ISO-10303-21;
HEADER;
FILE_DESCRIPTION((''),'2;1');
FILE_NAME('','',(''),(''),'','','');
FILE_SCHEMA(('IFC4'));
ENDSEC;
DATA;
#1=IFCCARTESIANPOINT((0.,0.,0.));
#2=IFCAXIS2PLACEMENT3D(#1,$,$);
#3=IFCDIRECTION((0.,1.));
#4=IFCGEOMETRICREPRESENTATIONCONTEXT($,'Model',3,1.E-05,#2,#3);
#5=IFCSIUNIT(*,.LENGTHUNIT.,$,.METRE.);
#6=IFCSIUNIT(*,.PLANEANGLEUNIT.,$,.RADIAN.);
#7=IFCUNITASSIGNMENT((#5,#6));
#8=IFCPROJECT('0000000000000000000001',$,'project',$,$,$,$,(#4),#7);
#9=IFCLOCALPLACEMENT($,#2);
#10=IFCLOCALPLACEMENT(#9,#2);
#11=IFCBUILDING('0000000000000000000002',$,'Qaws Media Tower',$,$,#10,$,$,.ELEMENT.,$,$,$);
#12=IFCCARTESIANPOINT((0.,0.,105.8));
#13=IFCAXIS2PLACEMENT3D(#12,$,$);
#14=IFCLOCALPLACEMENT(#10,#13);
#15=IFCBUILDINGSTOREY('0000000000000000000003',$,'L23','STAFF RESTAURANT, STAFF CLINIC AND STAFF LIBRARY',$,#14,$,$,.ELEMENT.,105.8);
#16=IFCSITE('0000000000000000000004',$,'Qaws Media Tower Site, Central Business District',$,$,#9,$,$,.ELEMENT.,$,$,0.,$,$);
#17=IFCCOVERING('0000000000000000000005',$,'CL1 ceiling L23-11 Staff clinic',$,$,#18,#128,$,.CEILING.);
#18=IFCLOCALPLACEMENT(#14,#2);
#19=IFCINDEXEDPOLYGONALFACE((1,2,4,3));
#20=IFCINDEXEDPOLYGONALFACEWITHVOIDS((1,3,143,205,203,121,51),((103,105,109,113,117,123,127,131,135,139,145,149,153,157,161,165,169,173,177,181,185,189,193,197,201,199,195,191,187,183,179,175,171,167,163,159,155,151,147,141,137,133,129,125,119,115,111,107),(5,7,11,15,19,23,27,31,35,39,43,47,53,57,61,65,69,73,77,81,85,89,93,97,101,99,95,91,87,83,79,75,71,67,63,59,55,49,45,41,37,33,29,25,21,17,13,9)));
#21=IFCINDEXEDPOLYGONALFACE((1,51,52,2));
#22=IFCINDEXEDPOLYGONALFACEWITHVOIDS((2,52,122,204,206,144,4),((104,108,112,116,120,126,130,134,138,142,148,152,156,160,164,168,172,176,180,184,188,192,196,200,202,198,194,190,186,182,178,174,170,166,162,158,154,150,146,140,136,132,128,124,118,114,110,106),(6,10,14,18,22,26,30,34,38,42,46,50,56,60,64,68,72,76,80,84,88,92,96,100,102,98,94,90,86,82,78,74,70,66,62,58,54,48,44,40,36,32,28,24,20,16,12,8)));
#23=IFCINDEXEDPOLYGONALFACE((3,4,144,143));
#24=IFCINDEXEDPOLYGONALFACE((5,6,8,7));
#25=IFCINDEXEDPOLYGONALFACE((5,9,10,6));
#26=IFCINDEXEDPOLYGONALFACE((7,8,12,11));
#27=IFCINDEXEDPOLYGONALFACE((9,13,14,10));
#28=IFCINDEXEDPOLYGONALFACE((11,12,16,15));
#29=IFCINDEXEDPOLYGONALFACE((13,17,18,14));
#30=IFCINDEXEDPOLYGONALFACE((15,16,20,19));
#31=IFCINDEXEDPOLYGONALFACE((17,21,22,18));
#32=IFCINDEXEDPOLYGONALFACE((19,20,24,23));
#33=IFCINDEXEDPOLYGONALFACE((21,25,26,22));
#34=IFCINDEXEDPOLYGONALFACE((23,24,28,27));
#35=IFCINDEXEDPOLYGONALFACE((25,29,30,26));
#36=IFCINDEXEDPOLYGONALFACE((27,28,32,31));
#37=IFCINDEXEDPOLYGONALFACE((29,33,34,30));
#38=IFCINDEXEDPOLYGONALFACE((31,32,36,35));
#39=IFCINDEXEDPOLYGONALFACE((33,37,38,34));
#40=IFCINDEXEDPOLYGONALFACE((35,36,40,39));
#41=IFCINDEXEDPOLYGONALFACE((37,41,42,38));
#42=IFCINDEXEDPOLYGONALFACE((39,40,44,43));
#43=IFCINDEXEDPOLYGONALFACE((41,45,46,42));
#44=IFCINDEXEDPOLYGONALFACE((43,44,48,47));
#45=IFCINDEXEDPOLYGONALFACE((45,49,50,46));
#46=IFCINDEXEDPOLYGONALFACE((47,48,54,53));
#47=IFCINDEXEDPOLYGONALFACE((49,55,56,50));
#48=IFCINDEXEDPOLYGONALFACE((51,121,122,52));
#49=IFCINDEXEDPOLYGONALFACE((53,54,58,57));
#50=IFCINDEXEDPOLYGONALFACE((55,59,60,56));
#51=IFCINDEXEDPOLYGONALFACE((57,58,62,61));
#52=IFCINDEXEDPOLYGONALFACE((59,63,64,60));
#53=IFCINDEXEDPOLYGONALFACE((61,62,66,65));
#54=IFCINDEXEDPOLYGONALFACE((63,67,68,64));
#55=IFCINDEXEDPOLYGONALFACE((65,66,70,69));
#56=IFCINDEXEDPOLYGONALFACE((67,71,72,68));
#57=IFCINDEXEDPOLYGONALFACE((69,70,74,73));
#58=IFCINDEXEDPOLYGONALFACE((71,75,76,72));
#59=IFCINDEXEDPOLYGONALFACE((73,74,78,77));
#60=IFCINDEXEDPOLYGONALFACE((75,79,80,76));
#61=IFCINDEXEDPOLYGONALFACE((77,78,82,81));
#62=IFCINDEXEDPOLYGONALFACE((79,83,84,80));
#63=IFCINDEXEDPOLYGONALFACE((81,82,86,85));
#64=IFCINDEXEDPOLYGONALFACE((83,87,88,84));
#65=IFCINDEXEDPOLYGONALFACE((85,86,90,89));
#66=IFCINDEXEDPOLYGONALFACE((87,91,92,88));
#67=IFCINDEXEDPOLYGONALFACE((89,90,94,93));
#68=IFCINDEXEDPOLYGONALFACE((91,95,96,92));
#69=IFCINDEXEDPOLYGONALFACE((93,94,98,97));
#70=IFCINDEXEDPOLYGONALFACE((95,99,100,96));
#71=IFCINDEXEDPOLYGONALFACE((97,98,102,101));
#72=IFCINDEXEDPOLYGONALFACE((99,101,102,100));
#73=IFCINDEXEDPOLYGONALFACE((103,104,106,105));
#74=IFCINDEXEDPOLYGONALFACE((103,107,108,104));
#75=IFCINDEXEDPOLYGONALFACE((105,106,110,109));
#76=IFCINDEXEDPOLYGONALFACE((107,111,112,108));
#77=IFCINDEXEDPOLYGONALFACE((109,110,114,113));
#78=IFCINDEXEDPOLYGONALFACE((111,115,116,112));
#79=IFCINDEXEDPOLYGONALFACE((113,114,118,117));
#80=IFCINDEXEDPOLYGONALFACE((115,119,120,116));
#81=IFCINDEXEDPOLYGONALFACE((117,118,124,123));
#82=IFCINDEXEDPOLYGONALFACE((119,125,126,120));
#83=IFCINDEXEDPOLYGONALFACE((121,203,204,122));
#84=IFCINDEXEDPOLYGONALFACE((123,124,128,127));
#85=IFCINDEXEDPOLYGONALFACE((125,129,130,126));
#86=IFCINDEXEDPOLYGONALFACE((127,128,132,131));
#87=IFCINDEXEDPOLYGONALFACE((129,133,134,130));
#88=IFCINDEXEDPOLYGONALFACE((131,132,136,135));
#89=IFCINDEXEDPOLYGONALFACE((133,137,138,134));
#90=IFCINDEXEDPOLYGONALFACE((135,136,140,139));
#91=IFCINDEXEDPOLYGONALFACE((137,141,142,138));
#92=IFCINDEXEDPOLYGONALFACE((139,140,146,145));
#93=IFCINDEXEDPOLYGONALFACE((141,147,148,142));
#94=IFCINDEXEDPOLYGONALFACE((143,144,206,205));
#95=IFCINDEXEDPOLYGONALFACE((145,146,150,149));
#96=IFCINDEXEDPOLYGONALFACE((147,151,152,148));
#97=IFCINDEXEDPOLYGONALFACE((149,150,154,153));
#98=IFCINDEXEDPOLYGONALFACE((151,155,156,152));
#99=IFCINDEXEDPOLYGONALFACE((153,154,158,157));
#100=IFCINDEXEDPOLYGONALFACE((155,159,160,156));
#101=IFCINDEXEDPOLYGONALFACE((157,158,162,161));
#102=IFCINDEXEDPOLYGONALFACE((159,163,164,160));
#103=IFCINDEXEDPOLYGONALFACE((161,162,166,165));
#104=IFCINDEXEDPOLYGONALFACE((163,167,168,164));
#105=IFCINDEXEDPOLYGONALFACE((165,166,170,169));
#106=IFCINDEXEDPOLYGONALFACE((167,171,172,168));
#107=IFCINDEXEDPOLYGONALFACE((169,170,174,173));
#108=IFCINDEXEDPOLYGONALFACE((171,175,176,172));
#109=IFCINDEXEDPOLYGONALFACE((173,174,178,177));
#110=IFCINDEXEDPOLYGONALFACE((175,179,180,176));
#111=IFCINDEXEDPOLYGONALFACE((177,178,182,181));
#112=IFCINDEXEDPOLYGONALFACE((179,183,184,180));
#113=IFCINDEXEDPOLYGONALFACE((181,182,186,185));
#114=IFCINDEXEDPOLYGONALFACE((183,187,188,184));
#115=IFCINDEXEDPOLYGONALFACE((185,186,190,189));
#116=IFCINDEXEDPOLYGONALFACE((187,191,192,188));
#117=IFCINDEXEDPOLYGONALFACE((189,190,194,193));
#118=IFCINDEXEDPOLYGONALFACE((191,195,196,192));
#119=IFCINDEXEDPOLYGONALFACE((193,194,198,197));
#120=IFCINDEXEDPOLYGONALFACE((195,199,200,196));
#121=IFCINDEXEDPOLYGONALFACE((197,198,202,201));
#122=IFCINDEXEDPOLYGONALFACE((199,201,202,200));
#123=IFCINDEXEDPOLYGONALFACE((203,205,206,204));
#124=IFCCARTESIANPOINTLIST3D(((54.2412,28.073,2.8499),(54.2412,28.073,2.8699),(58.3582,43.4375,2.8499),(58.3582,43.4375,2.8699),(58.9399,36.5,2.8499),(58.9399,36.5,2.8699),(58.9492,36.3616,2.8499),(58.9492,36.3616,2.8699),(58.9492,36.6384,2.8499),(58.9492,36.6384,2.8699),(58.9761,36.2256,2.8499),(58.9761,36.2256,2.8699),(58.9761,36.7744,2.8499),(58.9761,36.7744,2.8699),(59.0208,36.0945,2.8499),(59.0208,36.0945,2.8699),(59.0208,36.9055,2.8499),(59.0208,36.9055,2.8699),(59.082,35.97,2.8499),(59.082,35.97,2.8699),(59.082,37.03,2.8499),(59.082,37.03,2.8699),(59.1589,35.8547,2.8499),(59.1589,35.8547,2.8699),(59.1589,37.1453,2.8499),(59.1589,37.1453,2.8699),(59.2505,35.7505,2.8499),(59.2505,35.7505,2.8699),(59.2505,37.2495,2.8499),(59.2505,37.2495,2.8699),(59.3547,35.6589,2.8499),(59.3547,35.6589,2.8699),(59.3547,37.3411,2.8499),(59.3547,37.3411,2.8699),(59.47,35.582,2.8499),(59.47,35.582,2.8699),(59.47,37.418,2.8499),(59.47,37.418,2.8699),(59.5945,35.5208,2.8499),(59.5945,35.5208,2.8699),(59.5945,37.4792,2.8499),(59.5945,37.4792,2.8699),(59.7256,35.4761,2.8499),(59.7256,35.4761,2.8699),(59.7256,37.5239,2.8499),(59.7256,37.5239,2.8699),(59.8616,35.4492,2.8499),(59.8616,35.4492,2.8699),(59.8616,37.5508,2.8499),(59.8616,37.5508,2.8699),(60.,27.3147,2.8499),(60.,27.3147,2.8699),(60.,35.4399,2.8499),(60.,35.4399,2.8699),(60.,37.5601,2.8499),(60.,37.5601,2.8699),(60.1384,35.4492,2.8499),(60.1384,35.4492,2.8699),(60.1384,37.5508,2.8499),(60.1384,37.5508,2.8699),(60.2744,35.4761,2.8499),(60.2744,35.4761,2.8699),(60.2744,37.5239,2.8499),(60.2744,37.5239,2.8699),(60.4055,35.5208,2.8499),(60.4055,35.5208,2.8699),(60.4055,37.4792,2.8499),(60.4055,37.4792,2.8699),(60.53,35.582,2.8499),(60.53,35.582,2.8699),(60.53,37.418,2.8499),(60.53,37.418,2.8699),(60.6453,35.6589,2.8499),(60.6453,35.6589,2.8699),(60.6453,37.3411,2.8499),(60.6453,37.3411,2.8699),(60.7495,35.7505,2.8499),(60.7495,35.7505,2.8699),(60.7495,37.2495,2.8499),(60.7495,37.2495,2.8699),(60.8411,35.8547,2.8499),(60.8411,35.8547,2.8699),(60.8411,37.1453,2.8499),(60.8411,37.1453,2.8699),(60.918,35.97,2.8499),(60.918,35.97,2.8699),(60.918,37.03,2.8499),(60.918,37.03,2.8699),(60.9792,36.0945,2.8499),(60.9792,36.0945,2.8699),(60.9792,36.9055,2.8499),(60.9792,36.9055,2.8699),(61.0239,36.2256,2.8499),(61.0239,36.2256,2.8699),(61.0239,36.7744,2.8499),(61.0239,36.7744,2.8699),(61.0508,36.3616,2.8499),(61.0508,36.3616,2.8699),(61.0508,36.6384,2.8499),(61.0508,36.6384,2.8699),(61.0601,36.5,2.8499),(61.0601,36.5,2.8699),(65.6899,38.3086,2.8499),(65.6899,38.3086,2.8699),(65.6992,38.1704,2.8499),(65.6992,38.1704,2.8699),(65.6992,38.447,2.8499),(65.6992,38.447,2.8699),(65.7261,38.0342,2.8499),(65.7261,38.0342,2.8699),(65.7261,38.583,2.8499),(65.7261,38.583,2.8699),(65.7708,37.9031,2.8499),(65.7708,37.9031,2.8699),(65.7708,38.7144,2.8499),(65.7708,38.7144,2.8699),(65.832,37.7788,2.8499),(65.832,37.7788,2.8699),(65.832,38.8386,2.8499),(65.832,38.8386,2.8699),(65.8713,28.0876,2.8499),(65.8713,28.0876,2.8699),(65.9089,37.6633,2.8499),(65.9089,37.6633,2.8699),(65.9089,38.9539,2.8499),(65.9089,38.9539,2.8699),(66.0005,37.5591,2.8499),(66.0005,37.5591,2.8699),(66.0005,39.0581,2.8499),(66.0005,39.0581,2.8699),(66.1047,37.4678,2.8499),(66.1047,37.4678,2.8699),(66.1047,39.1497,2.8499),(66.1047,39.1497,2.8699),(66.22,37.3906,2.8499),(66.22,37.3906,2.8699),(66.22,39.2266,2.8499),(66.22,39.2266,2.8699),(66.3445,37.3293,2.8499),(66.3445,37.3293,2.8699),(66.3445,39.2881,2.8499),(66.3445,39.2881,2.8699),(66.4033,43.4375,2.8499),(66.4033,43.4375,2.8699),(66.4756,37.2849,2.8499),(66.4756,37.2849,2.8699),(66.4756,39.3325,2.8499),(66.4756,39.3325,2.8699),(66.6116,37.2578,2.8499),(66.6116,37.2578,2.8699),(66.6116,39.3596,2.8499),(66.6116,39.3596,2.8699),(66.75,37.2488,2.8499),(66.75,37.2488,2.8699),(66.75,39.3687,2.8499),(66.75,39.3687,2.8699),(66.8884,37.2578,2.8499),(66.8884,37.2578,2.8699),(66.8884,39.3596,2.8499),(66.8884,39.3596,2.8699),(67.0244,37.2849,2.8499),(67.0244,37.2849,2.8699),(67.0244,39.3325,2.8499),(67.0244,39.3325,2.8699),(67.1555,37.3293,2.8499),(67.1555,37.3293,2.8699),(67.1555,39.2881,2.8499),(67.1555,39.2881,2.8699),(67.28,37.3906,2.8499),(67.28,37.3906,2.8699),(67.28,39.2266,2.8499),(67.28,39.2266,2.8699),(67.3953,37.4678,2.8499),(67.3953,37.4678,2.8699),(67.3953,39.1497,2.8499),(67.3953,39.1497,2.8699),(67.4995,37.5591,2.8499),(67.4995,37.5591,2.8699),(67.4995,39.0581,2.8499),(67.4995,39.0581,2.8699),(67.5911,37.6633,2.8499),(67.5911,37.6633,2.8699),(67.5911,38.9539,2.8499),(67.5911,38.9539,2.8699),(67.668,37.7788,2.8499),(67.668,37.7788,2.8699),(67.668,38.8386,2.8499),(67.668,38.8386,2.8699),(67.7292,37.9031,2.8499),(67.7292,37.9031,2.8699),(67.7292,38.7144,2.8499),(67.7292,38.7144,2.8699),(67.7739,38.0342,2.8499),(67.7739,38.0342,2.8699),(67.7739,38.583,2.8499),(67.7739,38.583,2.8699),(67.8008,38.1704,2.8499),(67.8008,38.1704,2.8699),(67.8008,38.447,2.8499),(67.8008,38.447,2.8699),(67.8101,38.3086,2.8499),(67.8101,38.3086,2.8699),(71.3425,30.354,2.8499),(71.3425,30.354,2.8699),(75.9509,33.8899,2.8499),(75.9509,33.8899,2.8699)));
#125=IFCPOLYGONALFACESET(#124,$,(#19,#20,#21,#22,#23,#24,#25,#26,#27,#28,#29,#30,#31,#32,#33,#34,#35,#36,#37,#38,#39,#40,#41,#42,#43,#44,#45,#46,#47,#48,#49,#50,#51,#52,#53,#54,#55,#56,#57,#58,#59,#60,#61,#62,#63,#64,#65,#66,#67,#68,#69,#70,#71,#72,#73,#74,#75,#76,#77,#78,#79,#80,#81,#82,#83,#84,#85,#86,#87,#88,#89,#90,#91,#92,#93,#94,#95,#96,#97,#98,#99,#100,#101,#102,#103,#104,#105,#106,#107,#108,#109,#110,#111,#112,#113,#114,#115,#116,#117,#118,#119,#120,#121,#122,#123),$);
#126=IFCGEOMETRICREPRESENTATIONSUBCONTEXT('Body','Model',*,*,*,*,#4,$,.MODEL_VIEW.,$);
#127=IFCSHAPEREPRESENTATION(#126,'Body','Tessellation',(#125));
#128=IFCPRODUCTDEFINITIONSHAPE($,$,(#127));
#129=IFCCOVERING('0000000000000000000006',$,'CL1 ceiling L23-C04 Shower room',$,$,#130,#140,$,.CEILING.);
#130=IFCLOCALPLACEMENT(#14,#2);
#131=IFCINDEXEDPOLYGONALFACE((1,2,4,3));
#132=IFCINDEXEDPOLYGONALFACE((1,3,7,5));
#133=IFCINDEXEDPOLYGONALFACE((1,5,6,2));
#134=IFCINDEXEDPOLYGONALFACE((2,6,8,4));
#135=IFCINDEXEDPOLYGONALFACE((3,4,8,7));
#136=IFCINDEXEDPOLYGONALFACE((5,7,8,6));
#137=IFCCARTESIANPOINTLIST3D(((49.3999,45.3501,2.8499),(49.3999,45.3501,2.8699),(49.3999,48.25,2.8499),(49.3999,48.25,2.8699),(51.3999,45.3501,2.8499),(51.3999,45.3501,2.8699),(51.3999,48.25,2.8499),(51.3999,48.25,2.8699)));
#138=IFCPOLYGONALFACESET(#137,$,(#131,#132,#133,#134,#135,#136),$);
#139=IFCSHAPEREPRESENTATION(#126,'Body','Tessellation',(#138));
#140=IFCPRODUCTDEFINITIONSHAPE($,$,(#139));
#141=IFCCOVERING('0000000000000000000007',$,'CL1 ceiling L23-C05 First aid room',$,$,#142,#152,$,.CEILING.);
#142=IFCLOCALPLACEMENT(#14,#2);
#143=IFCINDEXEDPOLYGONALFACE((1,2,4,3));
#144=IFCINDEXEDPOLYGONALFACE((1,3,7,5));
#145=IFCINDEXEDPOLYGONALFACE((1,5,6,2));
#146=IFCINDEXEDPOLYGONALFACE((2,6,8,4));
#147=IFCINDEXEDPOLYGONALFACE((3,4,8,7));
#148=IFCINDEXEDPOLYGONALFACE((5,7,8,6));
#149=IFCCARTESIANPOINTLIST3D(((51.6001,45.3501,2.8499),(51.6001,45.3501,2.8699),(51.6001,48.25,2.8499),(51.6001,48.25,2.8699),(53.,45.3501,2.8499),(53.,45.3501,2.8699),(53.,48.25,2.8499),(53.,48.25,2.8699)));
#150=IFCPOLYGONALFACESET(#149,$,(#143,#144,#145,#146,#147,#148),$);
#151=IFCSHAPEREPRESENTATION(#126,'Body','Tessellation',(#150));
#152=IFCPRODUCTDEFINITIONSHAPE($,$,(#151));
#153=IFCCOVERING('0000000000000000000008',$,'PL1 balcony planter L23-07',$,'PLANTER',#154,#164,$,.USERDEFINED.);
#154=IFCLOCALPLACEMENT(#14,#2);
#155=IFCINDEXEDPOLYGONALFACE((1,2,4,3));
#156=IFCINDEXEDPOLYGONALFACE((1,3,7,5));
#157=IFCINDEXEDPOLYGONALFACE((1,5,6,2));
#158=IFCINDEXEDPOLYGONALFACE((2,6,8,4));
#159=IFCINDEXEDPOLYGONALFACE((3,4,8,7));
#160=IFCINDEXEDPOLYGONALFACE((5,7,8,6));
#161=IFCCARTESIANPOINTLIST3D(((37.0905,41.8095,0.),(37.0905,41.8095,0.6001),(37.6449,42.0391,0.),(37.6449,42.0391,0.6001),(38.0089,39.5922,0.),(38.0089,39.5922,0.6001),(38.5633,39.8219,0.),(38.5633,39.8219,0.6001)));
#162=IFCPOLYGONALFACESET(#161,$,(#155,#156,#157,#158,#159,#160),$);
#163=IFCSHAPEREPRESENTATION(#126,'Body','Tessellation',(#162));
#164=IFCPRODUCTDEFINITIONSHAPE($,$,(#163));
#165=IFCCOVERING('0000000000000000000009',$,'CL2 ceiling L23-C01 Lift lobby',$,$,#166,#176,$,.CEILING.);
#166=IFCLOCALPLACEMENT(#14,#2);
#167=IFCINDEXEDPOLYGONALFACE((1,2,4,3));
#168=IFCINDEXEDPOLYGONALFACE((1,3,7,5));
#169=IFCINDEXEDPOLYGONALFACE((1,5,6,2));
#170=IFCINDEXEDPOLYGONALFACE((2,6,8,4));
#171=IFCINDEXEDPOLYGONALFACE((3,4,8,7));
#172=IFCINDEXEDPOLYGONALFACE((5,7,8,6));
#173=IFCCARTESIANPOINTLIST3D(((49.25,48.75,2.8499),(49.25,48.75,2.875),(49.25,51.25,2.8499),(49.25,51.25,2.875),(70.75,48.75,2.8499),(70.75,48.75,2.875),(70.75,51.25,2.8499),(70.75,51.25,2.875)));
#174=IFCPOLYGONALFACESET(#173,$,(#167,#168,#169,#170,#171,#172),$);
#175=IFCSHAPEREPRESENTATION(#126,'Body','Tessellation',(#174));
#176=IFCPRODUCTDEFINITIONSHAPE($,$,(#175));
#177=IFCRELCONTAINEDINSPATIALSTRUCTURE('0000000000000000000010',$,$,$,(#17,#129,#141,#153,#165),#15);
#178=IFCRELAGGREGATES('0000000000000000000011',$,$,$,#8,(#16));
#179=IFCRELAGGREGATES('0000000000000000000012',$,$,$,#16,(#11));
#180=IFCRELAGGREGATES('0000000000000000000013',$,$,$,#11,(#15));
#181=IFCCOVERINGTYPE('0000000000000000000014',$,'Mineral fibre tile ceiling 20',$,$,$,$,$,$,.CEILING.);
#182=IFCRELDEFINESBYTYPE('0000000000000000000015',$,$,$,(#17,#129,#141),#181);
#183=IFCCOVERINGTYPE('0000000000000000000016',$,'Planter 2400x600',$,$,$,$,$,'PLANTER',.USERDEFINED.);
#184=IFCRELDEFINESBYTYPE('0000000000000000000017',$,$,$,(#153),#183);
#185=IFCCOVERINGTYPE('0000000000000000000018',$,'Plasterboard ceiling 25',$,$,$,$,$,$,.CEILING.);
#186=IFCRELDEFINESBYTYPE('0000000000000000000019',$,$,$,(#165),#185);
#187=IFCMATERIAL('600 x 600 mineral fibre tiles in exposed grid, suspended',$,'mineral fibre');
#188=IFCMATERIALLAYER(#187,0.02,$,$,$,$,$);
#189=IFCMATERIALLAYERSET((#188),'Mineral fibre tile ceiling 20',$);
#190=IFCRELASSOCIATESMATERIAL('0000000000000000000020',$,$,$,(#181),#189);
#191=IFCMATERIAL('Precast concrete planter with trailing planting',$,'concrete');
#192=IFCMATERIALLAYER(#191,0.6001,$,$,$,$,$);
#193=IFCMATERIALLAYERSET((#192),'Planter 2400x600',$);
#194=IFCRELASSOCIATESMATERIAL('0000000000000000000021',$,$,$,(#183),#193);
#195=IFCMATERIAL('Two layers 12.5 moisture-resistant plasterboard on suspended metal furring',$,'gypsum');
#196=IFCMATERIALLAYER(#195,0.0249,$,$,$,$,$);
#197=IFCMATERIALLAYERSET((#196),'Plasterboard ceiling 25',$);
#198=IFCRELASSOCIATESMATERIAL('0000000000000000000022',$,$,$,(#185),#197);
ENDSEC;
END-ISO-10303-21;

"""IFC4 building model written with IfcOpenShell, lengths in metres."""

from ifc_helpers import new_model, si_unit, direction, frame, origin, origin_2d, place, context, subcontext, project, spatial, polyline, rectangle, outline, extrude, material, layer, layer_set, type_object, element, save


model = new_model("IFC4")

# Units and contexts
model_context = context("Model", 3, precision=1e-05, world=origin(), true_north=direction((0.0, 1.0)))
body_context = subcontext(model_context, "Body", "Model", "MODEL_VIEW")
ifc_project = project(units=[si_unit("LENGTHUNIT", "METRE"), si_unit("PLANEANGLEUNIT", "RADIAN")], contexts=[model_context])

# Site, building, storey
site_placement = place(None, origin())
site = spatial("IfcSite", under=ifc_project, at=site_placement, Name="Qaws Media Tower Site, Central Business District", CompositionType="ELEMENT", RefElevation=0.0)
building_placement = place(site_placement, origin())
building = spatial("IfcBuilding", under=site, at=building_placement, Name="Qaws Media Tower", CompositionType="ELEMENT")
storey_placement = place(building_placement, frame((0.0, 0.0, 105.8)))
storey = spatial("IfcBuildingStorey", under=building, at=storey_placement, Name="L23", Description="STAFF RESTAURANT, STAFF CLINIC AND STAFF LIBRARY", CompositionType="ELEMENT", Elevation=105.8)

# Coverings
ifc_material_1 = material(Name="600 x 600 mineral fibre tiles in exposed grid, suspended", Category="mineral fibre")
ifc_layer_1 = layer(ifc_material_1, 0.02)
ifc_layer_set_1 = layer_set([ifc_layer_1], Name="Mineral fibre tile ceiling 20")
covering_type_1 = type_object("IfcCoveringType", Name="Mineral fibre tile ceiling 20", PredefinedType="CEILING", material=ifc_layer_set_1)
covering_1_placement = place(storey_placement, frame((0.0, 0.0, 2.8499)))
element("IfcCovering", 1, at=covering_1_placement, inside=storey, type_object=covering_type_1, Name="CL1 ceiling L23-11 Staff clinic", PredefinedType="CEILING", context=body_context, shape_type="SweptSolid", body=[
    extrude(outline(polyline([(75.9509, 33.8899), (71.3425, 30.354), (65.8713, 28.0876), (60.0, 27.3147), (54.2412, 28.073), (58.3582, 43.4375), (66.4033, 43.4375), (75.9509, 33.8899)]), holes=[polyline([(61.0239, 36.2256), (61.0508, 36.3616), (61.0601, 36.5), (61.0508, 36.6384), (61.0239, 36.7744), (60.9792, 36.9055), (60.918, 37.03), (60.8411, 37.1453), (60.7495, 37.2495), (60.6453, 37.3411), (60.53, 37.418), (60.4055, 37.4792), (60.2744, 37.5239), (60.1384, 37.5508), (60.0, 37.5601), (59.8616, 37.5508), (59.7256, 37.5239), (59.5945, 37.4792), (59.47, 37.418), (59.3547, 37.3411), (59.2505, 37.2495), (59.1589, 37.1453), (59.082, 37.03), (59.0208, 36.9055), (58.9761, 36.7744), (58.9492, 36.6384), (58.9399, 36.5), (58.9492, 36.3616), (58.9761, 36.2256), (59.0208, 36.0945), (59.082, 35.97), (59.1589, 35.8547), (59.2505, 35.7505), (59.3547, 35.6589), (59.47, 35.582), (59.5945, 35.5208), (59.7256, 35.4761), (59.8616, 35.4492), (60.0, 35.4399), (60.1384, 35.4492), (60.2744, 35.4761), (60.4055, 35.5208), (60.53, 35.582), (60.6453, 35.6589), (60.7495, 35.7505), (60.8411, 35.8547), (60.918, 35.97), (60.9792, 36.0945), (61.0239, 36.2256)]), polyline([(67.7292, 37.9031), (67.7739, 38.0342), (67.8008, 38.1704), (67.8101, 38.3086), (67.8008, 38.447), (67.7739, 38.583), (67.7292, 38.7144), (67.668, 38.8386), (67.5911, 38.9539), (67.4995, 39.0581), (67.3953, 39.1497), (67.28, 39.2266), (67.1555, 39.2881), (67.0244, 39.3325), (66.8884, 39.3596), (66.75, 39.3687), (66.6116, 39.3596), (66.4756, 39.3325), (66.3445, 39.2881), (66.22, 39.2266), (66.1047, 39.1497), (66.0005, 39.0581), (65.9089, 38.9539), (65.832, 38.8386), (65.7708, 38.7144), (65.7261, 38.583), (65.6992, 38.447), (65.6899, 38.3086), (65.6992, 38.1704), (65.7261, 38.0342), (65.7708, 37.9031), (65.832, 37.7788), (65.9089, 37.6633), (66.0005, 37.5591), (66.1047, 37.4678), (66.22, 37.3906), (66.3445, 37.3293), (66.4756, 37.2849), (66.6116, 37.2578), (66.75, 37.2488), (66.8884, 37.2578), (67.0244, 37.2849), (67.1555, 37.3293), (67.28, 37.3906), (67.3953, 37.4678), (67.4995, 37.5591), (67.5911, 37.6633), (67.668, 37.7788), (67.7292, 37.9031)])]), origin(), (0.0, 0.0, 1.0), 0.02),
])
covering_2_placement = place(storey_placement, frame((0.0, 0.0, 2.8499)))
element("IfcCovering", 2, at=covering_2_placement, inside=storey, type_object=covering_type_1, Name="CL1 ceiling L23-C04 Shower room", PredefinedType="CEILING", context=body_context, shape_type="SweptSolid", body=[
    extrude(outline(polyline([(49.3999, 45.3501), (49.3999, 48.25), (51.3999, 48.25), (51.3999, 45.3501), (49.3999, 45.3501)])), origin(), (0.0, 0.0, 1.0), 0.02),
])
covering_3_placement = place(storey_placement, frame((0.0, 0.0, 2.8499)))
element("IfcCovering", 3, at=covering_3_placement, inside=storey, type_object=covering_type_1, Name="CL1 ceiling L23-C05 First aid room", PredefinedType="CEILING", context=body_context, shape_type="SweptSolid", body=[
    extrude(outline(polyline([(51.6001, 45.3501), (51.6001, 48.25), (53.0, 48.25), (53.0, 45.3501), (51.6001, 45.3501)])), origin(), (0.0, 0.0, 1.0), 0.02),
])
ifc_material_2 = material(Name="Precast concrete planter with trailing planting", Category="concrete")
ifc_layer_2 = layer(ifc_material_2, 0.6001)
ifc_layer_set_2 = layer_set([ifc_layer_2], Name="Planter 2400x600")
covering_type_2 = type_object("IfcCoveringType", Name="Planter 2400x600", ElementType="PLANTER", PredefinedType="USERDEFINED", material=ifc_layer_set_2)
covering_4_placement = place(storey_placement, frame((37.8269, 40.8157, 0.0), z_axis=(0.0, 0.0, 1.0), x_axis=(0.382683, -0.92388, 0.0)))
element("IfcCovering", 4, at=covering_4_placement, inside=storey, type_object=covering_type_2, Name="PL1 balcony planter L23-07", ObjectType="PLANTER", PredefinedType="USERDEFINED", context=body_context, shape_type="SweptSolid", body=[
    extrude(rectangle(XDim=2.3999, YDim=0.6001, at=origin_2d()), origin(), (0.0, 0.0, 1.0), 0.6001),
])
ifc_material_3 = material(Name="Two layers 12.5 moisture-resistant plasterboard on suspended metal furring", Category="gypsum")
ifc_layer_3 = layer(ifc_material_3, 0.0249)
ifc_layer_set_3 = layer_set([ifc_layer_3], Name="Plasterboard ceiling 25")
covering_type_3 = type_object("IfcCoveringType", Name="Plasterboard ceiling 25", PredefinedType="CEILING", material=ifc_layer_set_3)
covering_5_placement = place(storey_placement, frame((0.0, 0.0, 2.8499)))
element("IfcCovering", 5, at=covering_5_placement, inside=storey, type_object=covering_type_3, Name="CL2 ceiling L23-C01 Lift lobby", PredefinedType="CEILING", context=body_context, shape_type="SweptSolid", body=[
    extrude(outline(polyline([(49.25, 48.75), (49.25, 51.25), (70.75, 51.25), (70.75, 48.75), (49.25, 48.75)])), origin(), (0.0, 0.0, 1.0), 0.0251),
])

save(model, "model.ifc")
